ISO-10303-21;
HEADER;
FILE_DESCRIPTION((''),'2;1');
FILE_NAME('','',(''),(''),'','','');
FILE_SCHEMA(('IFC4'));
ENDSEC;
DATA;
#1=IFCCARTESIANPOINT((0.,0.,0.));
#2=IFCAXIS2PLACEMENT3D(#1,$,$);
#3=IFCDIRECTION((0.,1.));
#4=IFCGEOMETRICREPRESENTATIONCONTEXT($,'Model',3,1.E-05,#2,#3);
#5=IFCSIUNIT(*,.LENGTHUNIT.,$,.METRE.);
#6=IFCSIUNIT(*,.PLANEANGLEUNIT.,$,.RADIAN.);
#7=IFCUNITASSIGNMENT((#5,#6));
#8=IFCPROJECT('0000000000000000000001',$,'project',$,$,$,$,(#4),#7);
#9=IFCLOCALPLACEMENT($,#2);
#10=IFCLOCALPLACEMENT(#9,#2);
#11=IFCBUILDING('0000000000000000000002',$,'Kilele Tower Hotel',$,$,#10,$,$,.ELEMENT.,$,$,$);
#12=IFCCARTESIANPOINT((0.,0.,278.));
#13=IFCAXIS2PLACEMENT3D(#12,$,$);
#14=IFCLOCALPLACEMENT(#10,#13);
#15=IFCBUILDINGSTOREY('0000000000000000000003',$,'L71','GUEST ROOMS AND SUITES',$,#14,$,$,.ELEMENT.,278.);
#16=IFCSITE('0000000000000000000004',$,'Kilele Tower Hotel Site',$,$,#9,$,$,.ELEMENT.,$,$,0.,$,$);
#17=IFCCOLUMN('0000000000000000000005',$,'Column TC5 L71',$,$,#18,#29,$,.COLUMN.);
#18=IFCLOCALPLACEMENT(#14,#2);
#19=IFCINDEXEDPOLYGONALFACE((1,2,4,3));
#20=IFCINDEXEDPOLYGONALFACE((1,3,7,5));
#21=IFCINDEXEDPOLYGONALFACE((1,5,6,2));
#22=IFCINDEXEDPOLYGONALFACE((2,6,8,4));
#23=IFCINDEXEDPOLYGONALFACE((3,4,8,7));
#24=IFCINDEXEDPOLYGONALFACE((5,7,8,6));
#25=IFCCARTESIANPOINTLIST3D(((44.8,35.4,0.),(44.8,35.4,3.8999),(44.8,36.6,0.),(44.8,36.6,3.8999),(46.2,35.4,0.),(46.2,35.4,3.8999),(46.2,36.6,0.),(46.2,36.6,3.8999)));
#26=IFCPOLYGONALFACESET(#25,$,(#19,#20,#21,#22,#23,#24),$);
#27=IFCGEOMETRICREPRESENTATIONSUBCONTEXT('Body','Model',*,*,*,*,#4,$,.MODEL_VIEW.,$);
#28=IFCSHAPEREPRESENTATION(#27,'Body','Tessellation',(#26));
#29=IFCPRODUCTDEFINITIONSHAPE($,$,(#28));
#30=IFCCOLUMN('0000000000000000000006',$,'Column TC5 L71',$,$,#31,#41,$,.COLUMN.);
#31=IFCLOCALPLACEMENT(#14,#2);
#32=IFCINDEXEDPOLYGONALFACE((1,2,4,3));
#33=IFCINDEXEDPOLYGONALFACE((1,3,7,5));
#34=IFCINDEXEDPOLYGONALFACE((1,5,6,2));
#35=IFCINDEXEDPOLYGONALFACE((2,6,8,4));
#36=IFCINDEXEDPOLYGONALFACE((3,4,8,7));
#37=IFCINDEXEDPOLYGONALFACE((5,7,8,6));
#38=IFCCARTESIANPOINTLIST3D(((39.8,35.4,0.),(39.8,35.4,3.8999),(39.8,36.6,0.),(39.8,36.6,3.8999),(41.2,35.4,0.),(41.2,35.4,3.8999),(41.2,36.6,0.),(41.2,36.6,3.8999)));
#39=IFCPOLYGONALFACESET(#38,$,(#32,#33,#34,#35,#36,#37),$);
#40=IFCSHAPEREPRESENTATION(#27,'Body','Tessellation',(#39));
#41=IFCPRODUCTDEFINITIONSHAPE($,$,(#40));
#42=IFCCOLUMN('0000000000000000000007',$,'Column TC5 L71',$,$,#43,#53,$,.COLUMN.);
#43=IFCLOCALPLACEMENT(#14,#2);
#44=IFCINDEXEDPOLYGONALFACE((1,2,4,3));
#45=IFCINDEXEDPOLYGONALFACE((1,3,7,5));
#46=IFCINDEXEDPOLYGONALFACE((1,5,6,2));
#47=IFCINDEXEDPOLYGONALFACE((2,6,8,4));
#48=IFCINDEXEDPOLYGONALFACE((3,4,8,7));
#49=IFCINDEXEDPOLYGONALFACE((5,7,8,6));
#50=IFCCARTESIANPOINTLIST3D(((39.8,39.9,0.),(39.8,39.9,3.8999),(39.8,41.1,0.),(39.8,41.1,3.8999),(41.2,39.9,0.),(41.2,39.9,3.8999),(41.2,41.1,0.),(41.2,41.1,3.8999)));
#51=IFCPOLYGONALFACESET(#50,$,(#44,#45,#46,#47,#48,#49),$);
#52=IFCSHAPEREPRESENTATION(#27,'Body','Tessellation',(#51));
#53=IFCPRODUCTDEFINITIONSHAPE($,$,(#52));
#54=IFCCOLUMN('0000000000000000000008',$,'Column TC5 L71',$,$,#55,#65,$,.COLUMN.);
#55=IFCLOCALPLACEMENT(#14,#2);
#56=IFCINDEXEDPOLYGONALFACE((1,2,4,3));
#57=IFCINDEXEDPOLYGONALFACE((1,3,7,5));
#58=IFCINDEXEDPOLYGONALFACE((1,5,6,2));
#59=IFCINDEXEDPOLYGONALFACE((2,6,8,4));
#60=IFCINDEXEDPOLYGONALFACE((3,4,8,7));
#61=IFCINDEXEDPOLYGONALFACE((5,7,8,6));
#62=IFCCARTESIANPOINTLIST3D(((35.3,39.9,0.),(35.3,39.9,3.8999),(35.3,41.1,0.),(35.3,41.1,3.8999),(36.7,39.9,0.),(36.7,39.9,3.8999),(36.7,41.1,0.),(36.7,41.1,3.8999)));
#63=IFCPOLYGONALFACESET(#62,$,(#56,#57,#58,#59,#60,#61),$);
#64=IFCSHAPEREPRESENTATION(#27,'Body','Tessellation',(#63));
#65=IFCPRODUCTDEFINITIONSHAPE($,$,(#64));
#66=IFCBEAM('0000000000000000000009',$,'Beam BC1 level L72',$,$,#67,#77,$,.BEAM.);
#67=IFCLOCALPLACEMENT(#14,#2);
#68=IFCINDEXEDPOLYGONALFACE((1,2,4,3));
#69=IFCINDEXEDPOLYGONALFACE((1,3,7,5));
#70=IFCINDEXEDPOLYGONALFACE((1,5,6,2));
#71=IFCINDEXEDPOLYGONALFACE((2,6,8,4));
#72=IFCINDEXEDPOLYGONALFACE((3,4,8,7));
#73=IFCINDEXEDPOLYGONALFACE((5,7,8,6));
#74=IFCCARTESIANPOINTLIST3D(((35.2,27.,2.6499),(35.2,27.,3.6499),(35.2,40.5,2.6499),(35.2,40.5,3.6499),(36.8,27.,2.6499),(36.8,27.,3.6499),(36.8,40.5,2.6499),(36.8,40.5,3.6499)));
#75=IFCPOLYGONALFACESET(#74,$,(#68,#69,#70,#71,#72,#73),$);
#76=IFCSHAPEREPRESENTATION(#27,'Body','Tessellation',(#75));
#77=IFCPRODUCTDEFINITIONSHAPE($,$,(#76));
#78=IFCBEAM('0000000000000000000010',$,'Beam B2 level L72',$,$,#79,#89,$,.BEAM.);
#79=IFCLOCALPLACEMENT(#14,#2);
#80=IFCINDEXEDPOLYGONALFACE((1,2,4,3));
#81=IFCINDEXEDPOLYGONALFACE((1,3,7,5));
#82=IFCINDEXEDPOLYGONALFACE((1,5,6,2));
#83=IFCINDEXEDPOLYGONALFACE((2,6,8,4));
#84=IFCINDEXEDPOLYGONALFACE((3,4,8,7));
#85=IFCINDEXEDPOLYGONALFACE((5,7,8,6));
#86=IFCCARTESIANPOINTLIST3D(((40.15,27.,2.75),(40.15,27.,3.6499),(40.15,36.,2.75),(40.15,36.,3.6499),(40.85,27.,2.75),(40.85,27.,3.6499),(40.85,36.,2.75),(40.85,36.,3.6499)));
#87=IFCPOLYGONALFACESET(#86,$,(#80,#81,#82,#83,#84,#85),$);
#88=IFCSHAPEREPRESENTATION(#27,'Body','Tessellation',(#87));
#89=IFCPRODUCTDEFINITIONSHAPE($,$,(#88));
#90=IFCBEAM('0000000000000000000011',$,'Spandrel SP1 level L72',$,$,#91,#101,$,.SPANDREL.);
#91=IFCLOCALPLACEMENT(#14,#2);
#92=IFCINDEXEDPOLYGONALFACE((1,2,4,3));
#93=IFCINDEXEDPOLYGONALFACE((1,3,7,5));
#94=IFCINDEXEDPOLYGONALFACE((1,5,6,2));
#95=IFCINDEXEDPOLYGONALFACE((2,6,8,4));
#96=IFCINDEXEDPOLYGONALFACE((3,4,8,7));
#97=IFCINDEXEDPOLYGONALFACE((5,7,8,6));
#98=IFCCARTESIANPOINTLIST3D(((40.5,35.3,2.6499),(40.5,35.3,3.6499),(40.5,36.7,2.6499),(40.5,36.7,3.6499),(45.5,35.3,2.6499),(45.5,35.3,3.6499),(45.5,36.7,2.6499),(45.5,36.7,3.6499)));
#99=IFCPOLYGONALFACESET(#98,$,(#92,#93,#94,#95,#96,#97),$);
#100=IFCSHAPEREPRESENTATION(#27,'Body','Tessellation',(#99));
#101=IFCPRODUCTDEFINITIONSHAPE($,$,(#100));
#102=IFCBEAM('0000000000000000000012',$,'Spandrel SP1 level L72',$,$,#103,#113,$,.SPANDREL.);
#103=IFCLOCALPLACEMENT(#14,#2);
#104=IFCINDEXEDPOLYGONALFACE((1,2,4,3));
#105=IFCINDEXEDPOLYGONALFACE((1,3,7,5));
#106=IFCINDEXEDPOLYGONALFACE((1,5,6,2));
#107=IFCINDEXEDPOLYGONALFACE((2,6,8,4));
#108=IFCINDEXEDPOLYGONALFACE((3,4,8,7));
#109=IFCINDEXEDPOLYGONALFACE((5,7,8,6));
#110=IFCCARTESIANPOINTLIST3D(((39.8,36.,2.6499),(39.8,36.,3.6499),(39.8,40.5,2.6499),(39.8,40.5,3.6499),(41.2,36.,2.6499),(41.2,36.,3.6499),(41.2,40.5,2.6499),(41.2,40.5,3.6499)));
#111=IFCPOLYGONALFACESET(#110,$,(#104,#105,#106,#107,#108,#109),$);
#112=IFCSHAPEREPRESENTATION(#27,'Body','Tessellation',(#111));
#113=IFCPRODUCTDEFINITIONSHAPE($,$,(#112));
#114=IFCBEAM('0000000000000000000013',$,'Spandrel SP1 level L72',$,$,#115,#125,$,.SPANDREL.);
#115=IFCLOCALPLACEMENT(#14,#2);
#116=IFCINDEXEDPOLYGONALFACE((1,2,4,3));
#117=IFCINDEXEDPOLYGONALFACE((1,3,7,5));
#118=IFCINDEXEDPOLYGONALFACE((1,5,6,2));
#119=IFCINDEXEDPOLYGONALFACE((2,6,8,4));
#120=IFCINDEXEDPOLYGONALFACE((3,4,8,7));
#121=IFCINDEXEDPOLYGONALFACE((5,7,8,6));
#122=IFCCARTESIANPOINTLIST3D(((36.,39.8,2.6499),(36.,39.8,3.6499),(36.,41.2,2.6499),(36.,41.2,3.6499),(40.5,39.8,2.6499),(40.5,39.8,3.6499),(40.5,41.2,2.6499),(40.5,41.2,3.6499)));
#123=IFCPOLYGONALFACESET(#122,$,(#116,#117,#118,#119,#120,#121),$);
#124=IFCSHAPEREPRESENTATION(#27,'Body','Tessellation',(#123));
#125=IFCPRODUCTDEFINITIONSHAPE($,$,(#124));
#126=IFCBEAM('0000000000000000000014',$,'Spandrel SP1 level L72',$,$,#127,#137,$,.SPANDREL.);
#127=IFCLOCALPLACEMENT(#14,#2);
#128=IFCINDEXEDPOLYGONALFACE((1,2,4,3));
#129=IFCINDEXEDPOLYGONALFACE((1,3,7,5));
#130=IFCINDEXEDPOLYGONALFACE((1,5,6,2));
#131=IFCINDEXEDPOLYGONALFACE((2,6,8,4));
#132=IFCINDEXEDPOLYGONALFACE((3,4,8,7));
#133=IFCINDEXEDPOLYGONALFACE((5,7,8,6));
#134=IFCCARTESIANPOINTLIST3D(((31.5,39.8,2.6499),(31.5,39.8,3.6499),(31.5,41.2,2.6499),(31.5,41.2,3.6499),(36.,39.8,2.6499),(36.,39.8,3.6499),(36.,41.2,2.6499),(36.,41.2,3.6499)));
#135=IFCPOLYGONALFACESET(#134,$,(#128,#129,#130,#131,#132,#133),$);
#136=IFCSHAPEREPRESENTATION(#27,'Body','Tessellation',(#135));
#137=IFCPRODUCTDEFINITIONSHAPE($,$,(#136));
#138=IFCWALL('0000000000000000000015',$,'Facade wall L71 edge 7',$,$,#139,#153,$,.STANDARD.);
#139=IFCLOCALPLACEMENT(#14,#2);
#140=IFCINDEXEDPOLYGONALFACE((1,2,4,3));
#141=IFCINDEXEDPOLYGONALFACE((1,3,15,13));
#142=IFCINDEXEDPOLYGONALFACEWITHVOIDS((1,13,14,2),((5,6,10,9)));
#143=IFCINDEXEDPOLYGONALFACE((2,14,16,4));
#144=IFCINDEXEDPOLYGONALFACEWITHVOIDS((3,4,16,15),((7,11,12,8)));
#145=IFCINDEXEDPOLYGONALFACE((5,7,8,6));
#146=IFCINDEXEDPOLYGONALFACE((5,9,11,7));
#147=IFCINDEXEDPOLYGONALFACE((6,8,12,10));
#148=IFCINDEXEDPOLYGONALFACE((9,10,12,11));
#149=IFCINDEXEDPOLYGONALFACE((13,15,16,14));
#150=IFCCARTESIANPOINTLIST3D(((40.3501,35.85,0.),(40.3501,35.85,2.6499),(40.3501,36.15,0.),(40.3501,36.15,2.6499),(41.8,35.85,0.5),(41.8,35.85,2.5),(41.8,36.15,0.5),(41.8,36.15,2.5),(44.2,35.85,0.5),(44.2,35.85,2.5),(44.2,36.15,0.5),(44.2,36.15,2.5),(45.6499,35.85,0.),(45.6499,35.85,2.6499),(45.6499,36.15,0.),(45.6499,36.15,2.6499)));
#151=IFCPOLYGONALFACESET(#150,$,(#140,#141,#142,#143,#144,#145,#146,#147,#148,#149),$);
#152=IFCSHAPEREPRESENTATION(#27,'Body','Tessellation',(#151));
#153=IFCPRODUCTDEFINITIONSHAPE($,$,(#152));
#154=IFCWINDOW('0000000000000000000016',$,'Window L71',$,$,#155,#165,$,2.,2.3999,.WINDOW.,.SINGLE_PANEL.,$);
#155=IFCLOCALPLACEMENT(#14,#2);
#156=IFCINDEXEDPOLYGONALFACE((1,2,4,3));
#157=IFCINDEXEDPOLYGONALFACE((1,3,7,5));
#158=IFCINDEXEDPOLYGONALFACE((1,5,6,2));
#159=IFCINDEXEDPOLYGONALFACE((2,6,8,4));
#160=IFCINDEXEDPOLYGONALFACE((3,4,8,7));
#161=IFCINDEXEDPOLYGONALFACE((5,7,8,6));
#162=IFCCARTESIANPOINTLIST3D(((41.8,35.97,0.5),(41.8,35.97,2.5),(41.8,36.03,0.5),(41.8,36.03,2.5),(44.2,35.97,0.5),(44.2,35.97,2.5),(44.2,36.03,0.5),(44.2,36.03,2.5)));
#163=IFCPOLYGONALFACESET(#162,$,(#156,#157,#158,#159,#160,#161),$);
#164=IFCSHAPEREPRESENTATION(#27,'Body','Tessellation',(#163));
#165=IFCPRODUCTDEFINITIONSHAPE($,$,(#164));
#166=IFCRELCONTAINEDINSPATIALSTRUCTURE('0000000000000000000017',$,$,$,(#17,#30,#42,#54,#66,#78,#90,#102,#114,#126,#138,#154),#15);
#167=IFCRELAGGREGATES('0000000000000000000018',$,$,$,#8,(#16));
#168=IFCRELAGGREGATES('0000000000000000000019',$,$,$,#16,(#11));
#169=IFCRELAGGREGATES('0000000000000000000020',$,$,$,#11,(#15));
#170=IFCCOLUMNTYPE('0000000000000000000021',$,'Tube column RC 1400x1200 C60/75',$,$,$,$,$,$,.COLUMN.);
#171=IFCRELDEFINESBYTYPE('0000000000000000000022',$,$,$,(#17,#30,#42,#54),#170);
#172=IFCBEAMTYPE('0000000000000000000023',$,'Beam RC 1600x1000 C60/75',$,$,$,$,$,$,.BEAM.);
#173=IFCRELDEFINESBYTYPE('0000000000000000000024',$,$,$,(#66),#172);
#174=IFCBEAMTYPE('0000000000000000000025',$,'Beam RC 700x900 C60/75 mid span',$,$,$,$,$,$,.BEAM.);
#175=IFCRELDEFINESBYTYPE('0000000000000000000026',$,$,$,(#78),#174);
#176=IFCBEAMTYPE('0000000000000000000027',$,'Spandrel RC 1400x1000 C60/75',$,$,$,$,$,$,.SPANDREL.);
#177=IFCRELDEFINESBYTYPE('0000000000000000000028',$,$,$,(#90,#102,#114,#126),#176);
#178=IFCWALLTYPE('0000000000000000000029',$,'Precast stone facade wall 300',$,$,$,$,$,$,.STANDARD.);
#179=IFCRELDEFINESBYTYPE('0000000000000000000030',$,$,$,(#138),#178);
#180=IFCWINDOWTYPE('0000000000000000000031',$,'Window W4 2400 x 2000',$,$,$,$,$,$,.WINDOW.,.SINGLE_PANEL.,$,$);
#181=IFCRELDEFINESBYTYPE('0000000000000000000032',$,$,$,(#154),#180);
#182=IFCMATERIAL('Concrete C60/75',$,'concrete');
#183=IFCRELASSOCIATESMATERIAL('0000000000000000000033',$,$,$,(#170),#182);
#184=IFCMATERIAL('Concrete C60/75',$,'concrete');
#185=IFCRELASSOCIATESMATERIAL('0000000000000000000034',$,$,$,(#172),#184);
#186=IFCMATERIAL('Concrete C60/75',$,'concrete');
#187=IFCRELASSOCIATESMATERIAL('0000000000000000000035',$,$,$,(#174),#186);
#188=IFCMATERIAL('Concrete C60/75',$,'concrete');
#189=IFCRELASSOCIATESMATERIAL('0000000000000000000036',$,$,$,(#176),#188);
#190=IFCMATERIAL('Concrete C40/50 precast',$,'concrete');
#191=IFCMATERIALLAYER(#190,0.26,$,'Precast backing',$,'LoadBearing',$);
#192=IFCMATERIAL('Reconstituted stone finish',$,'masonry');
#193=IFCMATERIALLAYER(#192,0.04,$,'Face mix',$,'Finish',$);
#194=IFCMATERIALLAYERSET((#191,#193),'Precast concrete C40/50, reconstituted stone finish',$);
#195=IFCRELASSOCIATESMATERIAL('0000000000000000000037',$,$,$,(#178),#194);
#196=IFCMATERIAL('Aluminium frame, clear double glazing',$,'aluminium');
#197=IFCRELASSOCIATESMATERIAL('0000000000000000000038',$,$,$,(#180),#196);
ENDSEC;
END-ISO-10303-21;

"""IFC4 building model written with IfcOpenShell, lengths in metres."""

from ifc_helpers import new_model, si_unit, direction, frame, frame_2d, origin, origin_2d, place, context, subcontext, project, spatial, rectangle, extrude, material, layer, layer_set, material_profile, profile_set, type_object, element, fill, save


model = new_model("IFC4")

# Units and contexts
model_context = context("Model", 3, precision=1e-05, world=origin(), true_north=direction((0.0, 1.0)))
body_context = subcontext(model_context, "Body", "Model", "MODEL_VIEW")
ifc_project = project(units=[si_unit("LENGTHUNIT", "METRE"), si_unit("PLANEANGLEUNIT", "RADIAN")], contexts=[model_context])

# Site, building, storey
site_placement = place(None, origin())
site = spatial("IfcSite", under=ifc_project, at=site_placement, Name="Kilele Tower Hotel Site", CompositionType="ELEMENT", RefElevation=0.0)
building_placement = place(site_placement, origin())
building = spatial("IfcBuilding", under=site, at=building_placement, Name="Kilele Tower Hotel", CompositionType="ELEMENT")
storey_placement = place(building_placement, frame((0.0, 0.0, 278.0)))
storey = spatial("IfcBuildingStorey", under=building, at=storey_placement, Name="L71", Description="GUEST ROOMS AND SUITES", CompositionType="ELEMENT", Elevation=278.0)

# Columns
ifc_material_1 = material(Name="Concrete C60/75", Category="concrete")
ifc_material_profile_1 = material_profile(ifc_material_1, rectangle(XDim=1.3999, YDim=1.2, at=origin_2d()))
ifc_profile_set_1 = profile_set([ifc_material_profile_1], Name="Concrete C60/75")
column_type = type_object("IfcColumnType", Name="Tube column RC 1400x1200 C60/75", PredefinedType="COLUMN", material=ifc_profile_set_1)
for number, where, z_axis, x_axis, name in (
    (1, (45.5, 36.0, 0.0), (0.0, 0.0, 1.0), (1.0, 0.0, 0.0), "Column TC5 L71"),
    (2, (40.5, 36.0, 0.0), (0.0, 0.0, 1.0), (1.0, 0.0, 0.0), "Column TC5 L71"),
    (3, (40.5, 40.5, 0.0), (0.0, 0.0, 1.0), (1.0, 0.0, 0.0), "Column TC5 L71"),
    (4, (36.0, 40.5, 0.0), (0.0, 0.0, 1.0), (1.0, 0.0, 0.0), "Column TC5 L71"),
):
    element("IfcColumn", number, at=place(storey_placement, frame(where, z_axis=z_axis, x_axis=x_axis)), inside=storey, type_object=column_type, Name=name, PredefinedType="COLUMN", context=body_context, shape_type="SweptSolid", body=[
        extrude(rectangle(XDim=1.3999, YDim=1.2, at=origin_2d()), origin(), (0.0, 0.0, 1.0), 3.8999),
    ])

# Beams
ifc_material_2 = material(Name="Concrete C60/75", Category="concrete")
ifc_material_profile_2 = material_profile(ifc_material_2, rectangle(XDim=1.6001, YDim=1.0, at=origin_2d()))
ifc_profile_set_2 = profile_set([ifc_material_profile_2], Name="Concrete C60/75")
beam_type_1 = type_object("IfcBeamType", Name="Beam RC 1600x1000 C60/75", PredefinedType="BEAM", material=ifc_profile_set_2)
beam_1_placement = place(storey_placement, frame((36.0, 40.5, 3.1499), z_axis=(0.0, -1.0, 0.0), x_axis=(1.0, 0.0, 0.0)))
element("IfcBeam", 5, at=beam_1_placement, inside=storey, type_object=beam_type_1, Name="Beam BC1 level L72", PredefinedType="BEAM", context=body_context, shape_type="SweptSolid", body=[
    extrude(rectangle(XDim=1.6001, YDim=1.0, at=origin_2d()), origin(), (0.0, 0.0, 1.0), 13.5),
])
ifc_material_3 = material(Name="Concrete C60/75", Category="concrete")
ifc_material_profile_3 = material_profile(ifc_material_3, rectangle(XDim=0.7, YDim=0.8999, at=origin_2d()))
ifc_profile_set_3 = profile_set([ifc_material_profile_3], Name="Concrete C60/75")
beam_type_2 = type_object("IfcBeamType", Name="Beam RC 700x900 C60/75 mid span", PredefinedType="BEAM", material=ifc_profile_set_3)
beam_2_placement = place(storey_placement, frame((40.5, 36.0, 3.2), z_axis=(0.0, -1.0, 0.0), x_axis=(1.0, 0.0, 0.0)))
element("IfcBeam", 6, at=beam_2_placement, inside=storey, type_object=beam_type_2, Name="Beam B2 level L72", PredefinedType="BEAM", context=body_context, shape_type="SweptSolid", body=[
    extrude(rectangle(XDim=0.7, YDim=0.8999, at=origin_2d()), origin(), (0.0, 0.0, 1.0), 9.0),
])
ifc_material_4 = material(Name="Concrete C60/75", Category="concrete")
ifc_material_profile_4 = material_profile(ifc_material_4, rectangle(XDim=1.3999, YDim=1.0, at=origin_2d()))
ifc_profile_set_4 = profile_set([ifc_material_profile_4], Name="Concrete C60/75")
beam_type_3 = type_object("IfcBeamType", Name="Spandrel RC 1400x1000 C60/75", PredefinedType="SPANDREL", material=ifc_profile_set_4)
beam_3_placement = place(storey_placement, frame((45.5, 36.0, 3.1499), z_axis=(-1.0, 0.0, 0.0), x_axis=(0.0, -1.0, 0.0)))
element("IfcBeam", 7, at=beam_3_placement, inside=storey, type_object=beam_type_3, Name="Spandrel SP1 level L72", PredefinedType="SPANDREL", context=body_context, shape_type="SweptSolid", body=[
    extrude(rectangle(XDim=1.3999, YDim=1.0, at=origin_2d()), origin(), (0.0, 0.0, 1.0), 5.0),
])
for number, where, z_axis, x_axis, name in (
    (8, (40.5, 36.0, 3.1499), (0.0, 1.0, 0.0), (-1.0, 0.0, 0.0), "Spandrel SP1 level L72"),
    (9, (40.5, 40.5, 3.1499), (-1.0, 0.0, 0.0), (0.0, -1.0, 0.0), "Spandrel SP1 level L72"),
    (10, (36.0, 40.5, 3.1499), (-1.0, 0.0, 0.0), (0.0, -1.0, 0.0), "Spandrel SP1 level L72"),
):
    element("IfcBeam", number, at=place(storey_placement, frame(where, z_axis=z_axis, x_axis=x_axis)), inside=storey, type_object=beam_type_3, Name=name, PredefinedType="SPANDREL", context=body_context, shape_type="SweptSolid", body=[
        extrude(rectangle(XDim=1.3999, YDim=1.0, at=origin_2d()), origin(), (0.0, 0.0, 1.0), 4.5),
    ])

# Wall, opening, window
ifc_material_5 = material(Name="Concrete C40/50 precast", Category="concrete")
ifc_layer_1 = layer(ifc_material_5, 0.26, Name="Precast backing", Category="LoadBearing")
ifc_material_6 = material(Name="Reconstituted stone finish", Category="masonry")
ifc_layer_2 = layer(ifc_material_6, 0.04, Name="Face mix", Category="Finish")
ifc_layer_set = layer_set([ifc_layer_1, ifc_layer_2], Name="Precast concrete C40/50, reconstituted stone finish")
wall_type = type_object("IfcWallType", Name="Precast stone facade wall 300", PredefinedType="STANDARD", material=ifc_layer_set)
wall_1_placement = place(storey_placement, frame((45.6499, 36.0, 0.0), z_axis=(0.0, 0.0, 1.0), x_axis=(-1.0, 0.0, 0.0)))
wall_1 = element("IfcWall", 11, at=wall_1_placement, inside=storey, type_object=wall_type, Name="Facade wall L71 edge 7", PredefinedType="STANDARD", context=body_context, shape_type="SweptSolid", body=[
    extrude(rectangle(XDim=5.2998, YDim=0.3, at=frame_2d((2.6499, 0.0))), origin(), (0.0, 0.0, 1.0), 2.6499),
])
opening_1_placement = place(wall_1_placement, frame((1.45, 0.0, 0.5)))
opening_1 = element("IfcOpeningElement", 12, at=opening_1_placement, cuts=wall_1, PredefinedType="OPENING", context=body_context, shape_type="SweptSolid", body=[
    extrude(rectangle(XDim=2.3999, YDim=2.0, at=frame_2d((1.2, 1.0))), frame((0.0, 0.1599, 0.0), z_axis=(0.0, -1.0, 0.0), x_axis=(1.0, 0.0, 0.0)), (0.0, 0.0, 1.0), 0.3201),
])
ifc_material_7 = material(Name="Aluminium frame, clear double glazing", Category="aluminium")
window_type = type_object("IfcWindowType", Name="Window W4 2400 x 2000", PartitioningType="SINGLE_PANEL", PredefinedType="WINDOW", material=ifc_material_7)
window_1_placement = place(opening_1_placement, origin())
window_1 = element("IfcWindow", 13, at=window_1_placement, inside=storey, type_object=window_type, Name="Window L71", OverallHeight=2.0, OverallWidth=2.3999, PartitioningType="SINGLE_PANEL", PredefinedType="WINDOW", context=body_context, shape_type="SweptSolid", body=[
    extrude(rectangle(XDim=2.3999, YDim=2.0, at=frame_2d((1.2, 1.0))), frame((0.0, 0.03, 0.0), z_axis=(0.0, -1.0, 0.0), x_axis=(1.0, 0.0, 0.0)), (0.0, 0.0, 1.0), 0.0601),
])
fill(opening_1, window_1)

save(model, "model.ifc")
